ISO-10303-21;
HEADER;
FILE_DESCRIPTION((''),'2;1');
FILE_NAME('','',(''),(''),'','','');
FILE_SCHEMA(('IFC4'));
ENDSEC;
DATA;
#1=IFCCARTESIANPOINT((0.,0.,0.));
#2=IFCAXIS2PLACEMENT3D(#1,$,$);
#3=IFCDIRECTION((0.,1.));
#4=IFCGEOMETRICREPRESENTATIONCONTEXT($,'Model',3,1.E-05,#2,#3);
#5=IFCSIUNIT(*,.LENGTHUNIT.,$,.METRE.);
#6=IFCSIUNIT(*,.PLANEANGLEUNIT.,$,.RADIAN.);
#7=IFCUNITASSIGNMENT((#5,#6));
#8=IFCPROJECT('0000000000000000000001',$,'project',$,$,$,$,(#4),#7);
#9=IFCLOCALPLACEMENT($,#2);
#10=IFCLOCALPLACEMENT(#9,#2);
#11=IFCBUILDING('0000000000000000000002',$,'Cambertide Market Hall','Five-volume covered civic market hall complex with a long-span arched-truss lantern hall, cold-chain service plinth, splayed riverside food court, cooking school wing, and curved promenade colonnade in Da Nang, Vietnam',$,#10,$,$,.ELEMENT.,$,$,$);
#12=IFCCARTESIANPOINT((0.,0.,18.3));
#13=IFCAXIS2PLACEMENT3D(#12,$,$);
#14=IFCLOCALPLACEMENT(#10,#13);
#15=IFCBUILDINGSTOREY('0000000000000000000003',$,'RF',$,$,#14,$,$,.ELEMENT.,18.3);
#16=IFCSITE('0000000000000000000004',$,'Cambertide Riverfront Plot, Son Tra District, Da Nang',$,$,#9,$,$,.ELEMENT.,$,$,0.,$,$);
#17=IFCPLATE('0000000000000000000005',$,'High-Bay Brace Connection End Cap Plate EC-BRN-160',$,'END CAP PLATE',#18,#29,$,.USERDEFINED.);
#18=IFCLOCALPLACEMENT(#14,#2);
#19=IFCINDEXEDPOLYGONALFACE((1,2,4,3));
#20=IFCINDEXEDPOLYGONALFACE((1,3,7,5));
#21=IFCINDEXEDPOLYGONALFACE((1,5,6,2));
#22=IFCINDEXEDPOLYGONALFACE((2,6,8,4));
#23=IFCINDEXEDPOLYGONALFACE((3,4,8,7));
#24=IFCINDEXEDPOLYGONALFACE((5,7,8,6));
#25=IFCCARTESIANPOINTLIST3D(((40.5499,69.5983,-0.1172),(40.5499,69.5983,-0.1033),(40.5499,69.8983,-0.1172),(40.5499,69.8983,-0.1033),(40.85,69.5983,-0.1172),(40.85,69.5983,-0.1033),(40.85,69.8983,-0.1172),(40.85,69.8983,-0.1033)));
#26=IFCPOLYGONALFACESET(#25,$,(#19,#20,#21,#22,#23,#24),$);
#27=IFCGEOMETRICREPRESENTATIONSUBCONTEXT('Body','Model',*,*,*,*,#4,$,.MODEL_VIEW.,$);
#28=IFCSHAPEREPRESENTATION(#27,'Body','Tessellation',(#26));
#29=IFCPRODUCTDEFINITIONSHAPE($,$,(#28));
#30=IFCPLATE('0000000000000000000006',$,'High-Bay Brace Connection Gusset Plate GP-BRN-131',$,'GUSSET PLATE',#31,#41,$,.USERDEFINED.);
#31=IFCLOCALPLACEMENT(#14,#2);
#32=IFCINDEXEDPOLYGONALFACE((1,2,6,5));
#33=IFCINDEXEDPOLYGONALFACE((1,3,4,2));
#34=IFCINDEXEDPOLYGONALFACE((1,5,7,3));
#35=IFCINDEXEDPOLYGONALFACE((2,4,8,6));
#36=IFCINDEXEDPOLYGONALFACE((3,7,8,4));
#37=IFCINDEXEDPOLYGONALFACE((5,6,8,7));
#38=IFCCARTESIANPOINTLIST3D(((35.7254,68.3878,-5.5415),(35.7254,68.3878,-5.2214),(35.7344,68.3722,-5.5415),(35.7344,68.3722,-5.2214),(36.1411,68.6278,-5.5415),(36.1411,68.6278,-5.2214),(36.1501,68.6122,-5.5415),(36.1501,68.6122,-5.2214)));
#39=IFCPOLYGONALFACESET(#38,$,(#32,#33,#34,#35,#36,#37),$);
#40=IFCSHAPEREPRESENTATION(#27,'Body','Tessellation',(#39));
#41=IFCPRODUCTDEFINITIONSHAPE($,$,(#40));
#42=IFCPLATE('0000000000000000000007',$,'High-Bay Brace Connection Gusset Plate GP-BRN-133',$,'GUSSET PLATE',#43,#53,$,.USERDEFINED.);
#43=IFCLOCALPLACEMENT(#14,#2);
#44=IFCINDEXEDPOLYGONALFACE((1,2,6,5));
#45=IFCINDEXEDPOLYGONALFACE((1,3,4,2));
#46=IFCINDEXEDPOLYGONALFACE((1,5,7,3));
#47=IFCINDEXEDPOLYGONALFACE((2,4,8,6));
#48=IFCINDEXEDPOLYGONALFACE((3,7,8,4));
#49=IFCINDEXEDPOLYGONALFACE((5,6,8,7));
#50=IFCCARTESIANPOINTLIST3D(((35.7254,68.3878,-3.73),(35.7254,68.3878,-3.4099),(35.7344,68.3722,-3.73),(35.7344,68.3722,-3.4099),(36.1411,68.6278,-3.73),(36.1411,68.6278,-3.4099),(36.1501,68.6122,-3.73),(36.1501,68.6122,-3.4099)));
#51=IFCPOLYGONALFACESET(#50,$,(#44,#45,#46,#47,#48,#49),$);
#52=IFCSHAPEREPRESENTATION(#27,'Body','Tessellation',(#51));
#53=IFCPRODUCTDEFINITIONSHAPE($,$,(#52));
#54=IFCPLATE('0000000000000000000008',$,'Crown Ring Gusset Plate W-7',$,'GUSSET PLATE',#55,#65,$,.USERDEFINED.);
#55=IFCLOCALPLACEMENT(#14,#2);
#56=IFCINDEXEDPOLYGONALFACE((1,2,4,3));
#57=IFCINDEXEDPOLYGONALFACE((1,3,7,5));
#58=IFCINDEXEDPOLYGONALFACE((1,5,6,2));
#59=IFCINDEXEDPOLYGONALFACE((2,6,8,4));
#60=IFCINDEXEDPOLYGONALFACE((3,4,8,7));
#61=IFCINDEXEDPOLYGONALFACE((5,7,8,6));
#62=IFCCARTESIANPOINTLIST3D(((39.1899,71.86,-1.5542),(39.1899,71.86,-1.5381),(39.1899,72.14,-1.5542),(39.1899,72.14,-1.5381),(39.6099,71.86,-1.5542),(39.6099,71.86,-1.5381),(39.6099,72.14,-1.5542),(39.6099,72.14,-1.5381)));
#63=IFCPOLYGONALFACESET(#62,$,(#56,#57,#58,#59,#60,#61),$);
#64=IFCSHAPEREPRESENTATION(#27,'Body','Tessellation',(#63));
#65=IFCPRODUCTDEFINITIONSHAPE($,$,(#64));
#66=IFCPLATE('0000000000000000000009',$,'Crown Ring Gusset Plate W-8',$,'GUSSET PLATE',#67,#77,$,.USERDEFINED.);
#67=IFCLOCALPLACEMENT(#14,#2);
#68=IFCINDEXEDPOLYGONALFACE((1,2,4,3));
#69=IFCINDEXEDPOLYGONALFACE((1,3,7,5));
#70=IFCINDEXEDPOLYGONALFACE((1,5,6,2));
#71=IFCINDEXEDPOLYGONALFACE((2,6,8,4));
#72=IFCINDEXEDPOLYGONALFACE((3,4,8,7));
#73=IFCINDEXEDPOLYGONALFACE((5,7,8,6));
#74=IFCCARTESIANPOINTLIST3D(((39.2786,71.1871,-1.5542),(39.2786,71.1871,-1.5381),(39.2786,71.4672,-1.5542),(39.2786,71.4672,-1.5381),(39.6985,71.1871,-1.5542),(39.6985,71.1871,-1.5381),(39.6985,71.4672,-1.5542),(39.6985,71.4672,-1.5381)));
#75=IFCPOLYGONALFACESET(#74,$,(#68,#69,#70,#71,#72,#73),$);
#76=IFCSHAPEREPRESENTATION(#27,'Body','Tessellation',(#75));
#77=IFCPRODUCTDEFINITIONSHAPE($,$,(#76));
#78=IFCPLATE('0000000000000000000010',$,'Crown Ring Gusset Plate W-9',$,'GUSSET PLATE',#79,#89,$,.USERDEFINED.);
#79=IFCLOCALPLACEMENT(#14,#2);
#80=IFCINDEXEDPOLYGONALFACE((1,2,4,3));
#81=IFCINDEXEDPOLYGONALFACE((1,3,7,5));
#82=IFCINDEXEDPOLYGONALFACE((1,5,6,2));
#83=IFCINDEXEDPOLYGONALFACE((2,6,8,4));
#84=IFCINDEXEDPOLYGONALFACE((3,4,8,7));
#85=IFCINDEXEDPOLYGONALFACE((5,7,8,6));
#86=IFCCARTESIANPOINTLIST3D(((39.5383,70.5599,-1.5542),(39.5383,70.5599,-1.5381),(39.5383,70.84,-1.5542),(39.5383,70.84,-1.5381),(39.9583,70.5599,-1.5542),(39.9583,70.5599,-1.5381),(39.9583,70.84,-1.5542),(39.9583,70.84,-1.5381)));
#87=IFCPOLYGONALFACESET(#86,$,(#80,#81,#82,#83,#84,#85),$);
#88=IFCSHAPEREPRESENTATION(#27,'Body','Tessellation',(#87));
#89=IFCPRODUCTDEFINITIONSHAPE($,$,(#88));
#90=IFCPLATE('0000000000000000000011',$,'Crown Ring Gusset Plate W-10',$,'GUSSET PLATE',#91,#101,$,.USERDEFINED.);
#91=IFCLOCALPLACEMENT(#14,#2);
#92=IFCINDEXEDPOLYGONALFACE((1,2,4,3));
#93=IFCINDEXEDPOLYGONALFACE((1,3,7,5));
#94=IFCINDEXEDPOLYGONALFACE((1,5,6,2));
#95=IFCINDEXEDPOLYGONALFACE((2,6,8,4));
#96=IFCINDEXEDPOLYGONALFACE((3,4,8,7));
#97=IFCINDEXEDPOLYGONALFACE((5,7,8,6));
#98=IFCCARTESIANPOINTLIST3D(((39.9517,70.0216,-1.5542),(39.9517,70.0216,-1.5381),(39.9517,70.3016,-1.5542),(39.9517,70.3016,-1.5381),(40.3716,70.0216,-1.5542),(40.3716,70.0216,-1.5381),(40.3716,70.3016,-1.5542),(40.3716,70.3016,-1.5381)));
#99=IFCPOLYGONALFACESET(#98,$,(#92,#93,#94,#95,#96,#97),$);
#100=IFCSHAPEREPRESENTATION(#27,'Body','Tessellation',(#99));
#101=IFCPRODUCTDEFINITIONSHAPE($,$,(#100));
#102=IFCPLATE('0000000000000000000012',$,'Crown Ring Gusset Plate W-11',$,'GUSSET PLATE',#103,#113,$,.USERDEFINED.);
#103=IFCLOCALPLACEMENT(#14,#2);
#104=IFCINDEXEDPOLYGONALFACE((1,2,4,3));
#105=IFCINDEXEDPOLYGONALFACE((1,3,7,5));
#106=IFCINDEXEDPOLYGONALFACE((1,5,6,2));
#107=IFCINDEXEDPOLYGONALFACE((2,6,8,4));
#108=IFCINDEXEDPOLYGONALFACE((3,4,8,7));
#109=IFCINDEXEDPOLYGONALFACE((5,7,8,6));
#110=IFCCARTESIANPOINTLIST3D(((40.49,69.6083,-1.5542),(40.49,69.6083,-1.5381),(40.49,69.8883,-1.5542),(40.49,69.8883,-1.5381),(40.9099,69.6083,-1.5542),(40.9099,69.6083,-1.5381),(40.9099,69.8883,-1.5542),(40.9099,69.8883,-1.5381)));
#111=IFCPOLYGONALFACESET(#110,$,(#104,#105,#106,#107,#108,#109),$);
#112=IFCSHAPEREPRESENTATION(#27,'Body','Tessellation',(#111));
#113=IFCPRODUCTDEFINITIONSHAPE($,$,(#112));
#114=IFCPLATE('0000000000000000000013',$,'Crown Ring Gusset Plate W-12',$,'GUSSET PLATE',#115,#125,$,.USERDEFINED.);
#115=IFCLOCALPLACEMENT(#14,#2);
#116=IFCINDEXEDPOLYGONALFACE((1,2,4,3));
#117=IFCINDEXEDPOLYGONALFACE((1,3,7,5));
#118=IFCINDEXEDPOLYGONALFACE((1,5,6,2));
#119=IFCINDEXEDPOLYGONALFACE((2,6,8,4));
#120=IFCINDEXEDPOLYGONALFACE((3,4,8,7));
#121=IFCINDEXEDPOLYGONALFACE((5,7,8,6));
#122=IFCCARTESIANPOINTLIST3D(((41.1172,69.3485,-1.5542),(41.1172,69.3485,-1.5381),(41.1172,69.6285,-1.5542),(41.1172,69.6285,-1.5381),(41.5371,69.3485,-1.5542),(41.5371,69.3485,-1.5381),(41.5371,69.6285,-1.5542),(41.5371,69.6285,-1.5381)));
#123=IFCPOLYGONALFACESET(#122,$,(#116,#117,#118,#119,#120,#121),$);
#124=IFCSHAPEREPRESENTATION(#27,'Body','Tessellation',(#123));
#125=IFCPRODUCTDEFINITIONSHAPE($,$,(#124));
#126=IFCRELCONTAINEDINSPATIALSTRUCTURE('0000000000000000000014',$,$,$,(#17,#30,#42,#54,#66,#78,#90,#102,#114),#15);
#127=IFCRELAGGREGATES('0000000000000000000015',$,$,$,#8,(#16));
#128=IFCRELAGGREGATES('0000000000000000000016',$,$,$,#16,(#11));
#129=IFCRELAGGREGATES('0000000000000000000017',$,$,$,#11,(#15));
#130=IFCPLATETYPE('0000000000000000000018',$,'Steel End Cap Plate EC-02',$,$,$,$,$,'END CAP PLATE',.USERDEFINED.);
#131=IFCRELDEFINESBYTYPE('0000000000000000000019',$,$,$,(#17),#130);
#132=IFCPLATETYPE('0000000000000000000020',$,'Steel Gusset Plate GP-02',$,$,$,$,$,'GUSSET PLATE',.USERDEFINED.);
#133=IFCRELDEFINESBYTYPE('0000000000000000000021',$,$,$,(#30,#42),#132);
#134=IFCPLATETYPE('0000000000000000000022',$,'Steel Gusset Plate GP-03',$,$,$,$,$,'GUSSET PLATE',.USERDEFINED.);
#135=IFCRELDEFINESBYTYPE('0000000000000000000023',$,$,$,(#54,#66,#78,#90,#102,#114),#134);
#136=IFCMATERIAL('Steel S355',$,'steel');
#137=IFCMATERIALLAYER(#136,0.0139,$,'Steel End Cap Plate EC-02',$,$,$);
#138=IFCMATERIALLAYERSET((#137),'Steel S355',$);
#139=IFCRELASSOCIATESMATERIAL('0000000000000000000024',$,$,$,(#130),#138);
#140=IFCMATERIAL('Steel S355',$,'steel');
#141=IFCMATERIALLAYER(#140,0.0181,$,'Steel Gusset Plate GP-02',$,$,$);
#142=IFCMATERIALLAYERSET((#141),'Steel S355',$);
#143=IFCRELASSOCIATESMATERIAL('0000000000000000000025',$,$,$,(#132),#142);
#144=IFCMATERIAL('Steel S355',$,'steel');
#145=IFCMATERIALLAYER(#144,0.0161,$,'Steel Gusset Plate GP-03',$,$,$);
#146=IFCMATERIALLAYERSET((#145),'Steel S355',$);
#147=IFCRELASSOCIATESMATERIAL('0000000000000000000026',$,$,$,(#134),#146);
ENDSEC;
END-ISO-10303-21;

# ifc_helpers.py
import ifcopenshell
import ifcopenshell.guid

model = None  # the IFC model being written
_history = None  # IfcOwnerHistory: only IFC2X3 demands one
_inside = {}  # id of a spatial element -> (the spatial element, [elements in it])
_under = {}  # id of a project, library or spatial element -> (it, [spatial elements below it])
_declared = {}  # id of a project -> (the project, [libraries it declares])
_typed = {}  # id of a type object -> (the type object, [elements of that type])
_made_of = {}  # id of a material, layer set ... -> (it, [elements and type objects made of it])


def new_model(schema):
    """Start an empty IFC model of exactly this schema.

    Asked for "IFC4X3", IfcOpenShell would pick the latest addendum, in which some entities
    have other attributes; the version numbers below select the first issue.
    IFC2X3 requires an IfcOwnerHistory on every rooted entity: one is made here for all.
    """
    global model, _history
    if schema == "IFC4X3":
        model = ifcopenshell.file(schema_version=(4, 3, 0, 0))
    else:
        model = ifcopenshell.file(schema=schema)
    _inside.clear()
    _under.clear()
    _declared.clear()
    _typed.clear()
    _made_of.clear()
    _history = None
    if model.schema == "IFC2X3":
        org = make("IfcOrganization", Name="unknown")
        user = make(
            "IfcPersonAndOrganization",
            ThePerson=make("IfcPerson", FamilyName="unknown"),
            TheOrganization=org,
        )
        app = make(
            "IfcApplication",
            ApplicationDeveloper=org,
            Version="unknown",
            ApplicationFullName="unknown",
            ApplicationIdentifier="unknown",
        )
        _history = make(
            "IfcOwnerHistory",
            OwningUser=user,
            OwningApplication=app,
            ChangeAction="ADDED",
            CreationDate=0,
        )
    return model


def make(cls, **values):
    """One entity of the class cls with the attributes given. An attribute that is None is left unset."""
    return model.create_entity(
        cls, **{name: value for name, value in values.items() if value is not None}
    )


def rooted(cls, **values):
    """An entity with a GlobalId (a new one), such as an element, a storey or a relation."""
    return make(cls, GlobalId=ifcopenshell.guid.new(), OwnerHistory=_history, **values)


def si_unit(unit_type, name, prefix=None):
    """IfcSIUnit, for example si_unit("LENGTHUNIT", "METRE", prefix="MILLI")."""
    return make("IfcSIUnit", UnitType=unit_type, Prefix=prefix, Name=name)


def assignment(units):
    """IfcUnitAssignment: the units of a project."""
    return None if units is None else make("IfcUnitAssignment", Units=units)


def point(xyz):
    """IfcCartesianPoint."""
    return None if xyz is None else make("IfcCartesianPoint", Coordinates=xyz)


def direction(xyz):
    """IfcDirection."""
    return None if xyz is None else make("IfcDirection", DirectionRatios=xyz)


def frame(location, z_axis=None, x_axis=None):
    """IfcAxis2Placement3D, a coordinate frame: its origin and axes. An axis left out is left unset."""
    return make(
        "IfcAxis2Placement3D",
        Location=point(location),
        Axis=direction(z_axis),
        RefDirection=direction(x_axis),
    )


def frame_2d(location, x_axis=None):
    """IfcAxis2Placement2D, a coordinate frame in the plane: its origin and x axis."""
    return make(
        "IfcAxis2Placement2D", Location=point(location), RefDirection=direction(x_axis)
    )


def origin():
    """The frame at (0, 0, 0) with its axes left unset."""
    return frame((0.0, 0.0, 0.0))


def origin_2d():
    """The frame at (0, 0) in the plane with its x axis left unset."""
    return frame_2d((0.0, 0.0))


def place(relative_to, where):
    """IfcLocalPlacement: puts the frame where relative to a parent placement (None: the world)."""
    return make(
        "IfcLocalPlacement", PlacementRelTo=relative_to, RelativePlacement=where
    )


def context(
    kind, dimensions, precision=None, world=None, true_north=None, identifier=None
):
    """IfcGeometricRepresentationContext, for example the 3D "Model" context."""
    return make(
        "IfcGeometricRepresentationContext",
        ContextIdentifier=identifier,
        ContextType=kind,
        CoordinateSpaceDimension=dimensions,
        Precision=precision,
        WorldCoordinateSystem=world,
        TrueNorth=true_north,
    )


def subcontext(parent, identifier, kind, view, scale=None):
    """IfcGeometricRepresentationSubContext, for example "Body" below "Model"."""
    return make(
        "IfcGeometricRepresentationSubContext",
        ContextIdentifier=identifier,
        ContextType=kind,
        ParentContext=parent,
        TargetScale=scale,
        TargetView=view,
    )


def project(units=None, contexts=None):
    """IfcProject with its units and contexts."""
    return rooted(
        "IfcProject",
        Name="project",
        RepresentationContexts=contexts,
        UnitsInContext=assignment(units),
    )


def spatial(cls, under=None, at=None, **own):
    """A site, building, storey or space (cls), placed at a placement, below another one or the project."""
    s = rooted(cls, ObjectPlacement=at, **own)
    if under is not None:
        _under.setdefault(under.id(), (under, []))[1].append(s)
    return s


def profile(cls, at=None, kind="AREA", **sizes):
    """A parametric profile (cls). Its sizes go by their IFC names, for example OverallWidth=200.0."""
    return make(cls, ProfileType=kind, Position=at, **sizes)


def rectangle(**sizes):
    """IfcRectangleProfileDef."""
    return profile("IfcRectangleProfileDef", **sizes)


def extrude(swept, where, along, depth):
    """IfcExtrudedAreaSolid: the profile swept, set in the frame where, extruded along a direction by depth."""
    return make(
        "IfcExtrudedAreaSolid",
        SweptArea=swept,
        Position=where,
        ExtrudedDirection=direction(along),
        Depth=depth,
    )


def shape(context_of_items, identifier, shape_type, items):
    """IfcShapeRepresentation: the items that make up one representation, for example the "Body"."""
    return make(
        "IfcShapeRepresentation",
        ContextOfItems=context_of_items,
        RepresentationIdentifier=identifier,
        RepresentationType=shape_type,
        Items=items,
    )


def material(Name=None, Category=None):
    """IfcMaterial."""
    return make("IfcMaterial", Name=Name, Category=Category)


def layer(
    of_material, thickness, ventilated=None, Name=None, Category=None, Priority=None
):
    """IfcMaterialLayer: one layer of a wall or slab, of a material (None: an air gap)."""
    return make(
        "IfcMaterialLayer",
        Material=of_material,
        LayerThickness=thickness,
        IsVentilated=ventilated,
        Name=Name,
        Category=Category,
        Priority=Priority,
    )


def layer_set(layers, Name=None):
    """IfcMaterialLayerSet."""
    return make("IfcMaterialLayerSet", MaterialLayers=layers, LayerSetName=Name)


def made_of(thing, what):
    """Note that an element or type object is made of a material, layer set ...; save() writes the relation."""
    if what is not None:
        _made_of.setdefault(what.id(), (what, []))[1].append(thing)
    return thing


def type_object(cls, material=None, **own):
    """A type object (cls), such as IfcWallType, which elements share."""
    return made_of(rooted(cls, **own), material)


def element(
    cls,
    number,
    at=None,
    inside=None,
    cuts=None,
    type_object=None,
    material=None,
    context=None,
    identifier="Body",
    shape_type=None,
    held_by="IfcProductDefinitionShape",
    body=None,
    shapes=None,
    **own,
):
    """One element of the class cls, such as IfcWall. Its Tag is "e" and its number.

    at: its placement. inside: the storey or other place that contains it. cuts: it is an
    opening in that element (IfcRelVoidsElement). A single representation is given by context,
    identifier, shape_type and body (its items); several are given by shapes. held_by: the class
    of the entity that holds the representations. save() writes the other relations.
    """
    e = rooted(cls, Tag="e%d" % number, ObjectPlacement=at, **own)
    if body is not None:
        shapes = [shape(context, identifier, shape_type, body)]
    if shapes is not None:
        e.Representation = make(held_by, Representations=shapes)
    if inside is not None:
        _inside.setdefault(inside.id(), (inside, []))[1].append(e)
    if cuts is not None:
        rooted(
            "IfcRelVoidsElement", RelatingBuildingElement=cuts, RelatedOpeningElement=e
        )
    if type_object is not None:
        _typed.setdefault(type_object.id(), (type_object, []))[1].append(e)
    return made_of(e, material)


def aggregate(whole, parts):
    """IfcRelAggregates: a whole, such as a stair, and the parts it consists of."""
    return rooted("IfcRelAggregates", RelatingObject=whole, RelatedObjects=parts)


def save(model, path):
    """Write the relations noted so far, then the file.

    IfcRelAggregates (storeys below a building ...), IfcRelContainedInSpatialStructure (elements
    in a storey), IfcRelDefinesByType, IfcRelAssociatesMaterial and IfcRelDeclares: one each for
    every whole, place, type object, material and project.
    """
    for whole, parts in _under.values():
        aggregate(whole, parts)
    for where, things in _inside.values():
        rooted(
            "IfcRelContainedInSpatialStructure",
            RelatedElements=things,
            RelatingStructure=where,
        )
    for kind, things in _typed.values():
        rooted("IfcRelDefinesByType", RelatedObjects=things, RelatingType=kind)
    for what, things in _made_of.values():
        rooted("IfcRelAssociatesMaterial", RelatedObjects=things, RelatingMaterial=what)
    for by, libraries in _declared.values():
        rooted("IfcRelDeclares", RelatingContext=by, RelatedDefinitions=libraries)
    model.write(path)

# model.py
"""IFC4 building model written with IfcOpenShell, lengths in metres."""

from ifc_helpers import new_model, si_unit, direction, frame, origin, origin_2d, place, context, subcontext, project, spatial, rectangle, extrude, material, layer, layer_set, type_object, element, save


model = new_model("IFC4")

# Units and contexts
model_context = context("Model", 3, precision=1e-05, world=origin(), true_north=direction((0.0, 1.0)))
body_context = subcontext(model_context, "Body", "Model", "MODEL_VIEW")
ifc_project = project(units=[si_unit("LENGTHUNIT", "METRE"), si_unit("PLANEANGLEUNIT", "RADIAN")], contexts=[model_context])

# Site, building, storey
site_placement = place(None, origin())
site = spatial("IfcSite", under=ifc_project, at=site_placement, Name="Cambertide Riverfront Plot, Son Tra District, Da Nang", CompositionType="ELEMENT", RefElevation=0.0)
building_placement = place(site_placement, origin())
building = spatial("IfcBuilding", under=site, at=building_placement, Name="Cambertide Market Hall", Description="Five-volume covered civic market hall complex with a long-span arched-truss lantern hall, cold-chain service plinth, splayed riverside food court, cooking school wing, and curved promenade colonnade in Da Nang, Vietnam", CompositionType="ELEMENT")
storey_placement = place(building_placement, frame((0.0, 0.0, 18.3)))
storey = spatial("IfcBuildingStorey", under=building, at=storey_placement, Name="RF", CompositionType="ELEMENT", Elevation=18.3)

# Plates
ifc_material_1 = material(Name="Steel S355", Category="steel")
ifc_layer_1 = layer(ifc_material_1, 0.0139, Name="Steel End Cap Plate EC-02")
ifc_layer_set_1 = layer_set([ifc_layer_1], Name="Steel S355")
plate_type_1 = type_object("IfcPlateType", Name="Steel End Cap Plate EC-02", ElementType="END CAP PLATE", PredefinedType="USERDEFINED", material=ifc_layer_set_1)
for number, where, z_axis, x_axis, name in (
    (1, (40.7, 69.7483, -0.1172), (0.0, 0.0, 1.0), (1.0, 0.0, 0.0), "High-Bay Brace Connection End Cap Plate EC-BRN-160"),
):
    element("IfcPlate", number, at=place(storey_placement, frame(where, z_axis=z_axis, x_axis=x_axis)), inside=storey, type_object=plate_type_1, Name=name, ObjectType="END CAP PLATE", PredefinedType="USERDEFINED", context=body_context, shape_type="SweptSolid", body=[
        extrude(rectangle(XDim=0.3, YDim=0.3, at=origin_2d()), origin(), (0.0, 0.0, 1.0), 0.0139),
    ])
ifc_material_2 = material(Name="Steel S355", Category="steel")
ifc_layer_2 = layer(ifc_material_2, 0.0181, Name="Steel Gusset Plate GP-02")
ifc_layer_set_2 = layer_set([ifc_layer_2], Name="Steel S355")
plate_type_2 = type_object("IfcPlateType", Name="Steel Gusset Plate GP-02", ElementType="GUSSET PLATE", PredefinedType="USERDEFINED", material=ifc_layer_set_2)
for number, where, z_axis, x_axis, name in (
    (2, (35.9377, 68.5, -5.5415), (0.0, 0.0, 1.0), (0.866025, 0.5, 0.0), "High-Bay Brace Connection Gusset Plate GP-BRN-131"),
    (3, (35.9377, 68.5, -3.73), (0.0, 0.0, 1.0), (0.866025, 0.5, 0.0), "High-Bay Brace Connection Gusset Plate GP-BRN-133"),
):
    element("IfcPlate", number, at=place(storey_placement, frame(where, z_axis=z_axis, x_axis=x_axis)), inside=storey, type_object=plate_type_2, Name=name, ObjectType="GUSSET PLATE", PredefinedType="USERDEFINED", context=body_context, shape_type="SweptSolid", body=[
        extrude(rectangle(XDim=0.48, YDim=0.0181, at=origin_2d()), origin(), (0.0, 0.0, 1.0), 0.3201),
    ])
ifc_material_3 = material(Name="Steel S355", Category="steel")
ifc_layer_3 = layer(ifc_material_3, 0.0161, Name="Steel Gusset Plate GP-03")
ifc_layer_set_3 = layer_set([ifc_layer_3], Name="Steel S355")
plate_type_3 = type_object("IfcPlateType", Name="Steel Gusset Plate GP-03", ElementType="GUSSET PLATE", PredefinedType="USERDEFINED", material=ifc_layer_set_3)
for number, where, z_axis, x_axis, name in (
    (4, (39.3999, 72.0, -1.5542), (0.0, 0.0, 1.0), (1.0, 0.0, 0.0), "Crown Ring Gusset Plate W-7"),
    (5, (39.4885, 71.3271, -1.5542), (0.0, 0.0, 1.0), (1.0, 0.0, 0.0), "Crown Ring Gusset Plate W-8"),
    (6, (39.7483, 70.7, -1.5542), (0.0, 0.0, 1.0), (1.0, 0.0, 0.0), "Crown Ring Gusset Plate W-9"),
    (7, (40.1616, 70.1616, -1.5542), (0.0, 0.0, 1.0), (1.0, 0.0, 0.0), "Crown Ring Gusset Plate W-10"),
    (8, (40.7, 69.7483, -1.5542), (0.0, 0.0, 1.0), (1.0, 0.0, 0.0), "Crown Ring Gusset Plate W-11"),
    (9, (41.3271, 69.4885, -1.5542), (0.0, 0.0, 1.0), (1.0, 0.0, 0.0), "Crown Ring Gusset Plate W-12"),
):
    element("IfcPlate", number, at=place(storey_placement, frame(where, z_axis=z_axis, x_axis=x_axis)), inside=storey, type_object=plate_type_3, Name=name, ObjectType="GUSSET PLATE", PredefinedType="USERDEFINED", context=body_context, shape_type="SweptSolid", body=[
        extrude(rectangle(XDim=0.4199, YDim=0.28, at=origin_2d()), origin(), (0.0, 0.0, 1.0), 0.0161),
    ])

save(model, "model.ifc")
